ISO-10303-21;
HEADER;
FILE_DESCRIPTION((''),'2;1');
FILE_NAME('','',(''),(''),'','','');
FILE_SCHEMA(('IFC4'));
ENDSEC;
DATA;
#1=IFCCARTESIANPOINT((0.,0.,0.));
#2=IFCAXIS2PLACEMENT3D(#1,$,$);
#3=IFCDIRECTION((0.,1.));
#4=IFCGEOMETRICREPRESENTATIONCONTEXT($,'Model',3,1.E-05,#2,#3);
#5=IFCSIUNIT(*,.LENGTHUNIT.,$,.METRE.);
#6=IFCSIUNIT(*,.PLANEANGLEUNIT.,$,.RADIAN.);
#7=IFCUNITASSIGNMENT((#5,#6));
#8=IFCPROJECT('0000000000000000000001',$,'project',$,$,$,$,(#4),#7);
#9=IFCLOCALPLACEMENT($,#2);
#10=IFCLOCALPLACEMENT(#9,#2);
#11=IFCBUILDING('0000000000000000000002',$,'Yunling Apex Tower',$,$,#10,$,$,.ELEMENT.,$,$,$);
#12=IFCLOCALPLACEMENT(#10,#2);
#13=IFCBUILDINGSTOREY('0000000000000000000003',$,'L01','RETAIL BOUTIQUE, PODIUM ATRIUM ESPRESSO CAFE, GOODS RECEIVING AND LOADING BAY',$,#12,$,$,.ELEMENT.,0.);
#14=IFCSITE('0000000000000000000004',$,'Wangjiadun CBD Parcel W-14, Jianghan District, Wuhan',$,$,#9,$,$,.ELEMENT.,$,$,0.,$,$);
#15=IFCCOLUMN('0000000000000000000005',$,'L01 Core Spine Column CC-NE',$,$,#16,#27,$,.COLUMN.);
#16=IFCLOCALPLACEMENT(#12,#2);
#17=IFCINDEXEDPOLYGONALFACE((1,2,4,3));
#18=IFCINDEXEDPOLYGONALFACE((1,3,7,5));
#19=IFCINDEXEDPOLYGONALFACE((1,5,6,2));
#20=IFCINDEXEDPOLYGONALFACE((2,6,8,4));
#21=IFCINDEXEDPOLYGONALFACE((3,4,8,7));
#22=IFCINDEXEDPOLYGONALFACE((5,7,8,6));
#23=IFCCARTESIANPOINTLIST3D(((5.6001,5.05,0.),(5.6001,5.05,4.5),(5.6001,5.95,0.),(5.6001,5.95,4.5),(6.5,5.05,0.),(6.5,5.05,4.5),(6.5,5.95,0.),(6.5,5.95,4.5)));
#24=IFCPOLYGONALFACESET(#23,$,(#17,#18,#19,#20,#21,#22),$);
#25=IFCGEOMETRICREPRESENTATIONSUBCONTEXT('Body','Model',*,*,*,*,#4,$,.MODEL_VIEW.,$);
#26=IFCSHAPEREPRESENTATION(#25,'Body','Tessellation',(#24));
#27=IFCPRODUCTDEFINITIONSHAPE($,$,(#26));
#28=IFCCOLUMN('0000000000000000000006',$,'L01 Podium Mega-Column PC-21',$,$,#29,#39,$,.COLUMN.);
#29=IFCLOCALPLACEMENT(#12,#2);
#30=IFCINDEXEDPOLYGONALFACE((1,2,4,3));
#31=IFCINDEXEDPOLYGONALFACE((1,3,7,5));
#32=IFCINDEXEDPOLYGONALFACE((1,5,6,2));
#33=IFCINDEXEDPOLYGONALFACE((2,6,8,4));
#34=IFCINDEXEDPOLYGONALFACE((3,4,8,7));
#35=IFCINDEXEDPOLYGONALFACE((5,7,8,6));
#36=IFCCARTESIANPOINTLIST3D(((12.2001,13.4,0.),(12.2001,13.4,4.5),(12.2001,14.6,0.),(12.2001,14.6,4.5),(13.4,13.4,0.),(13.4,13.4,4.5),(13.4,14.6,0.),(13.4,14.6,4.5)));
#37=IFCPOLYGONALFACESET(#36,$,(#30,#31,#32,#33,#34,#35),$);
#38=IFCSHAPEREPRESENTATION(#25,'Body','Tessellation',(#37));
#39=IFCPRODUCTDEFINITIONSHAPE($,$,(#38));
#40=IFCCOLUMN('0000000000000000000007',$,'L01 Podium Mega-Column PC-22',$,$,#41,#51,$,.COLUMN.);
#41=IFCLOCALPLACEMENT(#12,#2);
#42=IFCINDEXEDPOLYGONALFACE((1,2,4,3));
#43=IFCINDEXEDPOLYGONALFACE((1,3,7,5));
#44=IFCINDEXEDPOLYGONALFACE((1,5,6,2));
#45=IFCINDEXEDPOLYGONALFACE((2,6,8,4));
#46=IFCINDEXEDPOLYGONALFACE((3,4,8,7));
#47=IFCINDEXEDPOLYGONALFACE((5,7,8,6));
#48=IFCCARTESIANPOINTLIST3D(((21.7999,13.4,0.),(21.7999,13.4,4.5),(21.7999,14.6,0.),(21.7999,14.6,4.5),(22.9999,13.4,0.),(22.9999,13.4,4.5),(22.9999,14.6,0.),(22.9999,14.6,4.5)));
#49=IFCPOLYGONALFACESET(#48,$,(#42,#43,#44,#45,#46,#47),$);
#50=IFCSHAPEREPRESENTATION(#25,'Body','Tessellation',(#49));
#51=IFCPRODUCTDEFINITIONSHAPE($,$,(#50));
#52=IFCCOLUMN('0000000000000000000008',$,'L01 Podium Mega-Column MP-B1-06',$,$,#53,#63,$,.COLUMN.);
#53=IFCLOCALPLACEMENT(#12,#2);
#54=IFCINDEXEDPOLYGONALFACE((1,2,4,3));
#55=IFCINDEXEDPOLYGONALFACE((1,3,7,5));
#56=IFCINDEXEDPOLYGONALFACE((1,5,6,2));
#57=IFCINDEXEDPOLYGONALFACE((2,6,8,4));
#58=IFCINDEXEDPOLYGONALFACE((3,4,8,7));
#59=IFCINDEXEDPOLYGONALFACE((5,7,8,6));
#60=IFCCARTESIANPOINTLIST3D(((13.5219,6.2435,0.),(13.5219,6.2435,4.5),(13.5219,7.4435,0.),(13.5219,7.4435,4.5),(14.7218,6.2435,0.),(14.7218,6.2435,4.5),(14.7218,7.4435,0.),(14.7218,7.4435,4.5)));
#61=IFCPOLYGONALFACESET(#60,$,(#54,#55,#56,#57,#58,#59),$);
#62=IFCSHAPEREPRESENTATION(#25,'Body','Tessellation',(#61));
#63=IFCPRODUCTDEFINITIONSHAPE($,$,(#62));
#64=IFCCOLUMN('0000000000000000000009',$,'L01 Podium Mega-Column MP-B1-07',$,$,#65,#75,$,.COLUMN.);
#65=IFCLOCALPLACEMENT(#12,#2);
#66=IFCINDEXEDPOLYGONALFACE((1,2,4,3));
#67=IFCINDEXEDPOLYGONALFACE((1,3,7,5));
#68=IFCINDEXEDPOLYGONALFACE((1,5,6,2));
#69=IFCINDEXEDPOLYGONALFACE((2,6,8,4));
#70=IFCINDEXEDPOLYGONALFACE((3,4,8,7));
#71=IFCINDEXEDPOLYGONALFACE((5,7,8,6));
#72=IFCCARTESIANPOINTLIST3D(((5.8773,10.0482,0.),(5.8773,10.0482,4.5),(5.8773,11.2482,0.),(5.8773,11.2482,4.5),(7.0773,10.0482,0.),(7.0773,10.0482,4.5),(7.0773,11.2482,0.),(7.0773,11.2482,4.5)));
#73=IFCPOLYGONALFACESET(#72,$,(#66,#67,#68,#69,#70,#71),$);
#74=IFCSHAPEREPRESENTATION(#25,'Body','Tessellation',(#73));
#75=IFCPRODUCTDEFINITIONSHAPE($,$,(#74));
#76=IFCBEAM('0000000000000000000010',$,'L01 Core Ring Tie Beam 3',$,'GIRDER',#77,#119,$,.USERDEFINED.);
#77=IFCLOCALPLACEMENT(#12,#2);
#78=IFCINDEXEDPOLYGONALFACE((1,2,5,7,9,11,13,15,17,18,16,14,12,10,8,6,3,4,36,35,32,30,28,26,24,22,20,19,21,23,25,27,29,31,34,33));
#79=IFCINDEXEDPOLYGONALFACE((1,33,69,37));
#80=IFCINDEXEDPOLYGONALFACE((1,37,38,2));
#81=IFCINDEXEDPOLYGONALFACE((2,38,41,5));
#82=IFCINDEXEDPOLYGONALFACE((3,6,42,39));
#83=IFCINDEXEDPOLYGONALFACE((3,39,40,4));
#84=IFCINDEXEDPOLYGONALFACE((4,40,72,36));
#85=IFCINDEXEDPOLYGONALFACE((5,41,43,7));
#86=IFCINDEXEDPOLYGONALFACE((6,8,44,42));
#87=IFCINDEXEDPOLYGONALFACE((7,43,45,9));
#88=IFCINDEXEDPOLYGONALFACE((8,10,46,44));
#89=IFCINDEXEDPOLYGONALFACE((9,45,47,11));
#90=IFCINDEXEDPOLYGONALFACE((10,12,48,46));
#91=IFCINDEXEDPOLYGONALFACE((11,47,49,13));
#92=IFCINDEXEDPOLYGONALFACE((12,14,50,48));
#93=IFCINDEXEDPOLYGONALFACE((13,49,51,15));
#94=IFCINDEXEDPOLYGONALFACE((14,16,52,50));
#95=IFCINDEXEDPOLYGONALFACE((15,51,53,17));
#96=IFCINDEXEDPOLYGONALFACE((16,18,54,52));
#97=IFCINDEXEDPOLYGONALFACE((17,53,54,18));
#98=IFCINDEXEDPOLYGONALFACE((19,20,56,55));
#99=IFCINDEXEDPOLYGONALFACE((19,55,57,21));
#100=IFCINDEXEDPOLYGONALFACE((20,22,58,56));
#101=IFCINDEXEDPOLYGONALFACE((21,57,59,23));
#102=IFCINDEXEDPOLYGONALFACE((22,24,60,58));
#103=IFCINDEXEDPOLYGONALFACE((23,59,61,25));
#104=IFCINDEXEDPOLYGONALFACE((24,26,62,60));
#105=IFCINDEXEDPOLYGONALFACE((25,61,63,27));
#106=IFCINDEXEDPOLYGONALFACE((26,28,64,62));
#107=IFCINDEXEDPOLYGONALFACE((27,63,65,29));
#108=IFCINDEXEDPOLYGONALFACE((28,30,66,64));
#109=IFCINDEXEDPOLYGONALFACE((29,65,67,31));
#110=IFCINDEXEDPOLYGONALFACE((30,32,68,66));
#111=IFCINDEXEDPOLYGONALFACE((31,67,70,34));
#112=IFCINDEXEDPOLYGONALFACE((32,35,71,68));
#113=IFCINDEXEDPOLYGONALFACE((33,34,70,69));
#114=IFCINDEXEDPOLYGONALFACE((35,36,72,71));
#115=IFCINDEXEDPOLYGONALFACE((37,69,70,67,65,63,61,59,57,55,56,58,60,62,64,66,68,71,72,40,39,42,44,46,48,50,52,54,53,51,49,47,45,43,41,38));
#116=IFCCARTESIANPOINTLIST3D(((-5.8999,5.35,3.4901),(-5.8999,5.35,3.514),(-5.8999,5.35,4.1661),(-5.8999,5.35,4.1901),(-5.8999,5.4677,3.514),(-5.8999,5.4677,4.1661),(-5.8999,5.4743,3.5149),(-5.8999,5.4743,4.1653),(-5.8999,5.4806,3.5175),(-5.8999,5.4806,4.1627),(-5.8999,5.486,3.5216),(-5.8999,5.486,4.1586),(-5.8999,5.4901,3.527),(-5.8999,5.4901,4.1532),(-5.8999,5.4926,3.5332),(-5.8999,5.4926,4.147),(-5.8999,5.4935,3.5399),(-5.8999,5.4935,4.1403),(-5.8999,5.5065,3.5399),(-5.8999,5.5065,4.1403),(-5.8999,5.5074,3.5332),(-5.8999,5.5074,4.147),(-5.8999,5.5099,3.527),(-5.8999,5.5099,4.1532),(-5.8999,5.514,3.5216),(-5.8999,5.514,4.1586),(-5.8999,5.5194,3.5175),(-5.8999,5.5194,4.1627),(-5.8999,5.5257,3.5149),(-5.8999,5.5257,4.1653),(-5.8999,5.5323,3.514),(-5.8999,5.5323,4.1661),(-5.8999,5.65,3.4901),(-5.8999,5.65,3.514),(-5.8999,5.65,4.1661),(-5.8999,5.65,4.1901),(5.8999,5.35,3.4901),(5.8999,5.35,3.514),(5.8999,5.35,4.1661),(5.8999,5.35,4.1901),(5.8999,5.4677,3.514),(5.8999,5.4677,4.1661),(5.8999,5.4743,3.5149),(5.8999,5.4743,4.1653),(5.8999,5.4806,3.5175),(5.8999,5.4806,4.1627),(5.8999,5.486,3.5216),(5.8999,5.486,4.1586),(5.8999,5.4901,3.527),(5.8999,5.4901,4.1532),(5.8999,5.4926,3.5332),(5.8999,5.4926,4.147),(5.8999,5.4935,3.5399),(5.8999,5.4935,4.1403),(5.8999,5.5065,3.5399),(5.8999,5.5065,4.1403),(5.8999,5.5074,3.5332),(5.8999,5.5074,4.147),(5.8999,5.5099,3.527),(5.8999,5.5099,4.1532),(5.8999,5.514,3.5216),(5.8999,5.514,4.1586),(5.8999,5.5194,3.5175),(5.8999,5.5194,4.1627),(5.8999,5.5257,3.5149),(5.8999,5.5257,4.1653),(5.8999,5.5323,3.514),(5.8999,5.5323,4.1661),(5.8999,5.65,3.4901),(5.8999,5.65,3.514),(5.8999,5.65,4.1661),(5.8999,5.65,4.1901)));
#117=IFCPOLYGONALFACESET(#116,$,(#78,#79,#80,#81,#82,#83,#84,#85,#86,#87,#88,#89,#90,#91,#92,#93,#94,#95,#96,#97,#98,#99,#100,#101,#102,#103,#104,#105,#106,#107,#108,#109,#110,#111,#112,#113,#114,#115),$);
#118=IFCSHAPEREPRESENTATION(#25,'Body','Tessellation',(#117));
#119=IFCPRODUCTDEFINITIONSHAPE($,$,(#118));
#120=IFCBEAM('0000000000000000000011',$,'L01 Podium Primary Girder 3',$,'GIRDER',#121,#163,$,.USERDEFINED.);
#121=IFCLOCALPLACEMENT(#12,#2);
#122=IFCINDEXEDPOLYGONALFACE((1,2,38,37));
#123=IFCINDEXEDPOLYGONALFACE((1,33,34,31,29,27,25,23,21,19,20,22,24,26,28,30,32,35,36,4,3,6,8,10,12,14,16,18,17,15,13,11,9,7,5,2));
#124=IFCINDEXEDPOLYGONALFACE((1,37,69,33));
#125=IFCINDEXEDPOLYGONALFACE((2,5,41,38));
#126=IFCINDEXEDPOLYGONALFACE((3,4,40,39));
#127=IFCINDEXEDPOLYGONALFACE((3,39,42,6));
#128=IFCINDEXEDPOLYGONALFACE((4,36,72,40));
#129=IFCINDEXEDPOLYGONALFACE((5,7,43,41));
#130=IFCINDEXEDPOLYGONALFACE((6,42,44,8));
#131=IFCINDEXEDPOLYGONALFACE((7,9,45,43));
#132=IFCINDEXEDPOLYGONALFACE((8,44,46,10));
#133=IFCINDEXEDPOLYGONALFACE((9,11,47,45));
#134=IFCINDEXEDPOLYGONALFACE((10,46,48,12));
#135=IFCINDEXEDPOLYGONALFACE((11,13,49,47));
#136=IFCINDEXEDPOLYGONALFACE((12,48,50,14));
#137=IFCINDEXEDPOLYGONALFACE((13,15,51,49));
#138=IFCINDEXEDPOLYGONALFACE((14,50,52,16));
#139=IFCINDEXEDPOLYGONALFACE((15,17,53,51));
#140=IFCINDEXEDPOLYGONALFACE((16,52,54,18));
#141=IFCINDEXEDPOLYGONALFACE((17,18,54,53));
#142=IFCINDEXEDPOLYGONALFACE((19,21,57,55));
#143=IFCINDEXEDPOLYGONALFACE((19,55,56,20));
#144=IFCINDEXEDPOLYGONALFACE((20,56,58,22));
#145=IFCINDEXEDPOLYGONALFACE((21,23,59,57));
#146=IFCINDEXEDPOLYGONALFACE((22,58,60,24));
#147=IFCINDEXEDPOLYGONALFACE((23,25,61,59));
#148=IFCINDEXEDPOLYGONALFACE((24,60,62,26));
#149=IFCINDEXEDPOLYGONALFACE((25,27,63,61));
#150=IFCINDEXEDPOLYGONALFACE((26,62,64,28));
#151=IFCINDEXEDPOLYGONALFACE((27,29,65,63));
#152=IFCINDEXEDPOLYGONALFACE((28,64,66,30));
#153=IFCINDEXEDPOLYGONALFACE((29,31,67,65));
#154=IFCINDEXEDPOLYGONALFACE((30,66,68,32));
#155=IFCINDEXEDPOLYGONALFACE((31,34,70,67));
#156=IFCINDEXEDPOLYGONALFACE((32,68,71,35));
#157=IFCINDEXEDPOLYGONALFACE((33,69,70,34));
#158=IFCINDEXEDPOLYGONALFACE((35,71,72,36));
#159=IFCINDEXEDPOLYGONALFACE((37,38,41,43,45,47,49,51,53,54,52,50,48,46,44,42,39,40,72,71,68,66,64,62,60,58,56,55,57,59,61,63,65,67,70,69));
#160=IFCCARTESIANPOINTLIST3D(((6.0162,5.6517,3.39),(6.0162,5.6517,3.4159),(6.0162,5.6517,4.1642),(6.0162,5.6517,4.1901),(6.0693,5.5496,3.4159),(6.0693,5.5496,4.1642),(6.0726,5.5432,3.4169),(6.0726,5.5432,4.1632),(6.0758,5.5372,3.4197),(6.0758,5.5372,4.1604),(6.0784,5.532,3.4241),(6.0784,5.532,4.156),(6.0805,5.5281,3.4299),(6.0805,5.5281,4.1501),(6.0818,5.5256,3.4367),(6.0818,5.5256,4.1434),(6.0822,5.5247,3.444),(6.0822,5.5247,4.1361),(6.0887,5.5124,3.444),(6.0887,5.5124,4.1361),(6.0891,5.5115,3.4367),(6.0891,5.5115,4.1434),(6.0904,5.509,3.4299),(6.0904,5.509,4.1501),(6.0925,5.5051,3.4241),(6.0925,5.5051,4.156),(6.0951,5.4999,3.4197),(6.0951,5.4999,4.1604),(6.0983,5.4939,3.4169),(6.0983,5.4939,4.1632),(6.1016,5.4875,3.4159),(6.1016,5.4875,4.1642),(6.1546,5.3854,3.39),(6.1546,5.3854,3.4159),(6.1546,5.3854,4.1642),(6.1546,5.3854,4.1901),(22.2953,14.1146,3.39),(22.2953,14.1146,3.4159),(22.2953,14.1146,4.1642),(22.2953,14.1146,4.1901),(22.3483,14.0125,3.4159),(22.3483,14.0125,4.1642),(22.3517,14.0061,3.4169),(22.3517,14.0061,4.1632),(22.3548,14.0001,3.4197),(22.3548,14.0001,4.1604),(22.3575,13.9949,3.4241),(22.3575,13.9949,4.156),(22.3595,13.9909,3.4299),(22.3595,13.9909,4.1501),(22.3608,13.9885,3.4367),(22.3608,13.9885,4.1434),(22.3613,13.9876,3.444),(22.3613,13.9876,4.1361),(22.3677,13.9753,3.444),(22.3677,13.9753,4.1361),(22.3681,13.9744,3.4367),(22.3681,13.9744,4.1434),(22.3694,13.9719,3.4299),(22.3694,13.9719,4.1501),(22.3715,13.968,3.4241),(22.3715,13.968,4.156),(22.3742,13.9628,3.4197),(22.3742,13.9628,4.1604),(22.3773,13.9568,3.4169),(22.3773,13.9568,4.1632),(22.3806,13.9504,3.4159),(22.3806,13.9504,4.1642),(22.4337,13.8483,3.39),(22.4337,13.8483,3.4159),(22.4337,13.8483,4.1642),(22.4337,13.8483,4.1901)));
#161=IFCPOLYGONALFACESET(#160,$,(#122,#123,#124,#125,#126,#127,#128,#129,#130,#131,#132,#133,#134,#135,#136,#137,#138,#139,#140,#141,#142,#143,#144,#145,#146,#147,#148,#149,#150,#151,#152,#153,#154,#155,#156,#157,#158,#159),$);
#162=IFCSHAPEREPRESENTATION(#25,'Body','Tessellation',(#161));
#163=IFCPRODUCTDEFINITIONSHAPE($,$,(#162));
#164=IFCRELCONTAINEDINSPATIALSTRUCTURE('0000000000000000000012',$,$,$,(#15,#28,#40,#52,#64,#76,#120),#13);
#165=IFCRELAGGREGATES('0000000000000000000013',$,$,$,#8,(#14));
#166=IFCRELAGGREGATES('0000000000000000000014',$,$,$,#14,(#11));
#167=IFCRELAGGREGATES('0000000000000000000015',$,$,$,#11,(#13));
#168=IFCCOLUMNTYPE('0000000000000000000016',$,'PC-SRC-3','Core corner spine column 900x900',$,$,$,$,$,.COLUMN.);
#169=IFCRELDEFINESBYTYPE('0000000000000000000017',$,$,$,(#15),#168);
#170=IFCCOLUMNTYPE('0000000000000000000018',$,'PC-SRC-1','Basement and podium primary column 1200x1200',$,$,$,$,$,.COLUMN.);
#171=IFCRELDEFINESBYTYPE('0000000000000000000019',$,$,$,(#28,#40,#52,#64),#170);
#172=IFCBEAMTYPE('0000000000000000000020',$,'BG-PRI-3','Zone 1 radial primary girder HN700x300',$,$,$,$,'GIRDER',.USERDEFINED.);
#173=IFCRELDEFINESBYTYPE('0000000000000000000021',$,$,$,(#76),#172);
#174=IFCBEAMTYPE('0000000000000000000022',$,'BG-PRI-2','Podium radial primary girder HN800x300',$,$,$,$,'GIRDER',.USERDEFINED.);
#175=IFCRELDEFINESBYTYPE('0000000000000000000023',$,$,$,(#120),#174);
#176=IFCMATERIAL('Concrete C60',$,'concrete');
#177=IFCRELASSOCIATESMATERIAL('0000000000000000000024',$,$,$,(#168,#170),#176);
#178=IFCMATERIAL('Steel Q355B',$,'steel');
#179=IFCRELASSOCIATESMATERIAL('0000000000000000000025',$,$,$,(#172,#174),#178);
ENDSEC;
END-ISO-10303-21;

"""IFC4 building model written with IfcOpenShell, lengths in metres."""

from ifc_helpers import new_model, si_unit, direction, frame, origin, origin_2d, place, context, subcontext, project, spatial, rectangle, i_section, extrude, source, transform, mapped, material, material_profile, profile_set, type_object, element, save


model = new_model("IFC4")

# Units and contexts
model_context = context("Model", 3, precision=1e-05, world=origin(), true_north=direction((0.0, 1.0)))
body_context = subcontext(model_context, "Body", "Model", "MODEL_VIEW")
ifc_project = project(units=[si_unit("LENGTHUNIT", "METRE"), si_unit("PLANEANGLEUNIT", "RADIAN")], contexts=[model_context])

# Site, building, storey
site_placement = place(None, origin())
site = spatial("IfcSite", under=ifc_project, at=site_placement, Name="Wangjiadun CBD Parcel W-14, Jianghan District, Wuhan", CompositionType="ELEMENT", RefElevation=0.0)
building_placement = place(site_placement, origin())
building = spatial("IfcBuilding", under=site, at=building_placement, Name="Yunling Apex Tower", CompositionType="ELEMENT")
storey_placement = place(building_placement, origin())
storey = spatial("IfcBuildingStorey", under=building, at=storey_placement, Name="L01", Description="RETAIL BOUTIQUE, PODIUM ATRIUM ESPRESSO CAFE, GOODS RECEIVING AND LOADING BAY", CompositionType="ELEMENT", Elevation=0.0)

# Columns
ifc_material_1 = material(Name="Concrete C60", Category="concrete")
ifc_material_profile_1 = material_profile(ifc_material_1, rectangle(XDim=0.8999, YDim=0.8999, at=origin_2d()))
ifc_profile_set_1 = profile_set([ifc_material_profile_1], Name="Concrete C60")
column_type_1 = type_object("IfcColumnType", Name="PC-SRC-3", Description="Core corner spine column 900x900", PredefinedType="COLUMN", material=ifc_profile_set_1)
shared_shape_1 = source(origin(), body_context, "Body", "SweptSolid", [
    extrude(rectangle(XDim=0.8999, YDim=0.8999, at=origin_2d()), origin(), (0.0, 0.0, 1.0), 4.5),
])
column_placement = place(storey_placement, frame((6.05, 5.5, 0.0), z_axis=(0.0, 0.0, 1.0), x_axis=(1.0, 0.0, 0.0)))
element("IfcColumn", 1, at=column_placement, inside=storey, type_object=column_type_1, Name="L01 Core Spine Column CC-NE", PredefinedType="COLUMN", context=body_context, shape_type="MappedRepresentation", body=[
    mapped(shared_shape_1, transform((0.0, 0.0, 0.0), scale=1.0)),
])
ifc_material_profile_2 = material_profile(ifc_material_1, rectangle(XDim=1.2, YDim=1.2, at=origin_2d()))
ifc_profile_set_2 = profile_set([ifc_material_profile_2], Name="Concrete C60")
column_type_2 = type_object("IfcColumnType", Name="PC-SRC-1", Description="Basement and podium primary column 1200x1200", PredefinedType="COLUMN", material=ifc_profile_set_2)
shared_shape_2 = source(origin(), body_context, "Body", "SweptSolid", [
    extrude(rectangle(XDim=1.2, YDim=1.2, at=origin_2d()), origin(), (0.0, 0.0, 1.0), 4.5),
])
for number, where, z_axis, x_axis, name in (
    (2, (12.8, 14.0, 0.0), (0.0, 0.0, 1.0), (1.0, 0.0, 0.0), "L01 Podium Mega-Column PC-21"),
    (3, (22.3999, 14.0, 0.0), (0.0, 0.0, 1.0), (1.0, 0.0, 0.0), "L01 Podium Mega-Column PC-22"),
    (4, (14.1218, 6.8435, 0.0), (0.0, 0.0, 1.0), (1.0, 0.0, 0.0), "L01 Podium Mega-Column MP-B1-06"),
    (5, (6.4773, 10.6482, 0.0), (0.0, 0.0, 1.0), (1.0, 0.0, 0.0), "L01 Podium Mega-Column MP-B1-07"),
):
    element("IfcColumn", number, at=place(storey_placement, frame(where, z_axis=z_axis, x_axis=x_axis)), inside=storey, type_object=column_type_2, Name=name, PredefinedType="COLUMN", context=body_context, shape_type="MappedRepresentation", body=[
        mapped(shared_shape_2, transform((0.0, 0.0, 0.0), scale=1.0)),
    ])

# Beams
ifc_material_2 = material(Name="Steel Q355B", Category="steel")
ifc_material_profile_3 = material_profile(ifc_material_2, i_section(OverallWidth=0.3, OverallDepth=0.7, WebThickness=0.0129, FlangeThickness=0.0239, FilletRadius=0.0259, at=origin_2d()))
ifc_profile_set_3 = profile_set([ifc_material_profile_3], Name="Steel Q355B")
beam_type_1 = type_object("IfcBeamType", Name="BG-PRI-3", Description="Zone 1 radial primary girder HN700x300", ElementType="GIRDER", PredefinedType="USERDEFINED", material=ifc_profile_set_3)
shared_shape_3 = source(origin(), body_context, "Body", "SweptSolid", [
    extrude(i_section(OverallWidth=0.3, OverallDepth=0.7, WebThickness=0.0129, FlangeThickness=0.0239, FilletRadius=0.0259, at=origin_2d()), origin(), (0.0, 0.0, 1.0), 11.7998),
])
beam_1_placement = place(storey_placement, frame((5.8999, 5.5, 3.8401), z_axis=(-1.0, 0.0, 0.0), x_axis=(0.0, -1.0, 0.0)))
element("IfcBeam", 6, at=beam_1_placement, inside=storey, type_object=beam_type_1, Name="L01 Core Ring Tie Beam 3", ObjectType="GIRDER", PredefinedType="USERDEFINED", context=body_context, shape_type="MappedRepresentation", body=[
    mapped(shared_shape_3, transform((0.0, 0.0, 0.0), scale=1.0)),
])
ifc_material_profile_4 = material_profile(ifc_material_2, i_section(OverallWidth=0.3, OverallDepth=0.8, WebThickness=0.0139, FlangeThickness=0.0259, FilletRadius=0.0281, at=origin_2d()))
ifc_profile_set_4 = profile_set([ifc_material_profile_4], Name="Steel Q355B")
beam_type_2 = type_object("IfcBeamType", Name="BG-PRI-2", Description="Podium radial primary girder HN800x300", ElementType="GIRDER", PredefinedType="USERDEFINED", material=ifc_profile_set_4)
shared_shape_4 = source(origin(), body_context, "Body", "SweptSolid", [
    extrude(i_section(OverallWidth=0.3, OverallDepth=0.8, WebThickness=0.0139, FlangeThickness=0.0259, FilletRadius=0.0281, at=origin_2d()), origin(), (0.0, 0.0, 1.0), 18.3474),
])
beam_2_placement = place(storey_placement, frame((6.0854, 5.5186, 3.79), z_axis=(0.887266, 0.461258, 0.0), x_axis=(-0.461258, 0.887266, 0.0)))
element("IfcBeam", 7, at=beam_2_placement, inside=storey, type_object=beam_type_2, Name="L01 Podium Primary Girder 3", ObjectType="GIRDER", PredefinedType="USERDEFINED", context=body_context, shape_type="MappedRepresentation", body=[
    mapped(shared_shape_4, transform((0.0, 0.0, 0.0), scale=1.0)),
])

save(model, "model.ifc")
